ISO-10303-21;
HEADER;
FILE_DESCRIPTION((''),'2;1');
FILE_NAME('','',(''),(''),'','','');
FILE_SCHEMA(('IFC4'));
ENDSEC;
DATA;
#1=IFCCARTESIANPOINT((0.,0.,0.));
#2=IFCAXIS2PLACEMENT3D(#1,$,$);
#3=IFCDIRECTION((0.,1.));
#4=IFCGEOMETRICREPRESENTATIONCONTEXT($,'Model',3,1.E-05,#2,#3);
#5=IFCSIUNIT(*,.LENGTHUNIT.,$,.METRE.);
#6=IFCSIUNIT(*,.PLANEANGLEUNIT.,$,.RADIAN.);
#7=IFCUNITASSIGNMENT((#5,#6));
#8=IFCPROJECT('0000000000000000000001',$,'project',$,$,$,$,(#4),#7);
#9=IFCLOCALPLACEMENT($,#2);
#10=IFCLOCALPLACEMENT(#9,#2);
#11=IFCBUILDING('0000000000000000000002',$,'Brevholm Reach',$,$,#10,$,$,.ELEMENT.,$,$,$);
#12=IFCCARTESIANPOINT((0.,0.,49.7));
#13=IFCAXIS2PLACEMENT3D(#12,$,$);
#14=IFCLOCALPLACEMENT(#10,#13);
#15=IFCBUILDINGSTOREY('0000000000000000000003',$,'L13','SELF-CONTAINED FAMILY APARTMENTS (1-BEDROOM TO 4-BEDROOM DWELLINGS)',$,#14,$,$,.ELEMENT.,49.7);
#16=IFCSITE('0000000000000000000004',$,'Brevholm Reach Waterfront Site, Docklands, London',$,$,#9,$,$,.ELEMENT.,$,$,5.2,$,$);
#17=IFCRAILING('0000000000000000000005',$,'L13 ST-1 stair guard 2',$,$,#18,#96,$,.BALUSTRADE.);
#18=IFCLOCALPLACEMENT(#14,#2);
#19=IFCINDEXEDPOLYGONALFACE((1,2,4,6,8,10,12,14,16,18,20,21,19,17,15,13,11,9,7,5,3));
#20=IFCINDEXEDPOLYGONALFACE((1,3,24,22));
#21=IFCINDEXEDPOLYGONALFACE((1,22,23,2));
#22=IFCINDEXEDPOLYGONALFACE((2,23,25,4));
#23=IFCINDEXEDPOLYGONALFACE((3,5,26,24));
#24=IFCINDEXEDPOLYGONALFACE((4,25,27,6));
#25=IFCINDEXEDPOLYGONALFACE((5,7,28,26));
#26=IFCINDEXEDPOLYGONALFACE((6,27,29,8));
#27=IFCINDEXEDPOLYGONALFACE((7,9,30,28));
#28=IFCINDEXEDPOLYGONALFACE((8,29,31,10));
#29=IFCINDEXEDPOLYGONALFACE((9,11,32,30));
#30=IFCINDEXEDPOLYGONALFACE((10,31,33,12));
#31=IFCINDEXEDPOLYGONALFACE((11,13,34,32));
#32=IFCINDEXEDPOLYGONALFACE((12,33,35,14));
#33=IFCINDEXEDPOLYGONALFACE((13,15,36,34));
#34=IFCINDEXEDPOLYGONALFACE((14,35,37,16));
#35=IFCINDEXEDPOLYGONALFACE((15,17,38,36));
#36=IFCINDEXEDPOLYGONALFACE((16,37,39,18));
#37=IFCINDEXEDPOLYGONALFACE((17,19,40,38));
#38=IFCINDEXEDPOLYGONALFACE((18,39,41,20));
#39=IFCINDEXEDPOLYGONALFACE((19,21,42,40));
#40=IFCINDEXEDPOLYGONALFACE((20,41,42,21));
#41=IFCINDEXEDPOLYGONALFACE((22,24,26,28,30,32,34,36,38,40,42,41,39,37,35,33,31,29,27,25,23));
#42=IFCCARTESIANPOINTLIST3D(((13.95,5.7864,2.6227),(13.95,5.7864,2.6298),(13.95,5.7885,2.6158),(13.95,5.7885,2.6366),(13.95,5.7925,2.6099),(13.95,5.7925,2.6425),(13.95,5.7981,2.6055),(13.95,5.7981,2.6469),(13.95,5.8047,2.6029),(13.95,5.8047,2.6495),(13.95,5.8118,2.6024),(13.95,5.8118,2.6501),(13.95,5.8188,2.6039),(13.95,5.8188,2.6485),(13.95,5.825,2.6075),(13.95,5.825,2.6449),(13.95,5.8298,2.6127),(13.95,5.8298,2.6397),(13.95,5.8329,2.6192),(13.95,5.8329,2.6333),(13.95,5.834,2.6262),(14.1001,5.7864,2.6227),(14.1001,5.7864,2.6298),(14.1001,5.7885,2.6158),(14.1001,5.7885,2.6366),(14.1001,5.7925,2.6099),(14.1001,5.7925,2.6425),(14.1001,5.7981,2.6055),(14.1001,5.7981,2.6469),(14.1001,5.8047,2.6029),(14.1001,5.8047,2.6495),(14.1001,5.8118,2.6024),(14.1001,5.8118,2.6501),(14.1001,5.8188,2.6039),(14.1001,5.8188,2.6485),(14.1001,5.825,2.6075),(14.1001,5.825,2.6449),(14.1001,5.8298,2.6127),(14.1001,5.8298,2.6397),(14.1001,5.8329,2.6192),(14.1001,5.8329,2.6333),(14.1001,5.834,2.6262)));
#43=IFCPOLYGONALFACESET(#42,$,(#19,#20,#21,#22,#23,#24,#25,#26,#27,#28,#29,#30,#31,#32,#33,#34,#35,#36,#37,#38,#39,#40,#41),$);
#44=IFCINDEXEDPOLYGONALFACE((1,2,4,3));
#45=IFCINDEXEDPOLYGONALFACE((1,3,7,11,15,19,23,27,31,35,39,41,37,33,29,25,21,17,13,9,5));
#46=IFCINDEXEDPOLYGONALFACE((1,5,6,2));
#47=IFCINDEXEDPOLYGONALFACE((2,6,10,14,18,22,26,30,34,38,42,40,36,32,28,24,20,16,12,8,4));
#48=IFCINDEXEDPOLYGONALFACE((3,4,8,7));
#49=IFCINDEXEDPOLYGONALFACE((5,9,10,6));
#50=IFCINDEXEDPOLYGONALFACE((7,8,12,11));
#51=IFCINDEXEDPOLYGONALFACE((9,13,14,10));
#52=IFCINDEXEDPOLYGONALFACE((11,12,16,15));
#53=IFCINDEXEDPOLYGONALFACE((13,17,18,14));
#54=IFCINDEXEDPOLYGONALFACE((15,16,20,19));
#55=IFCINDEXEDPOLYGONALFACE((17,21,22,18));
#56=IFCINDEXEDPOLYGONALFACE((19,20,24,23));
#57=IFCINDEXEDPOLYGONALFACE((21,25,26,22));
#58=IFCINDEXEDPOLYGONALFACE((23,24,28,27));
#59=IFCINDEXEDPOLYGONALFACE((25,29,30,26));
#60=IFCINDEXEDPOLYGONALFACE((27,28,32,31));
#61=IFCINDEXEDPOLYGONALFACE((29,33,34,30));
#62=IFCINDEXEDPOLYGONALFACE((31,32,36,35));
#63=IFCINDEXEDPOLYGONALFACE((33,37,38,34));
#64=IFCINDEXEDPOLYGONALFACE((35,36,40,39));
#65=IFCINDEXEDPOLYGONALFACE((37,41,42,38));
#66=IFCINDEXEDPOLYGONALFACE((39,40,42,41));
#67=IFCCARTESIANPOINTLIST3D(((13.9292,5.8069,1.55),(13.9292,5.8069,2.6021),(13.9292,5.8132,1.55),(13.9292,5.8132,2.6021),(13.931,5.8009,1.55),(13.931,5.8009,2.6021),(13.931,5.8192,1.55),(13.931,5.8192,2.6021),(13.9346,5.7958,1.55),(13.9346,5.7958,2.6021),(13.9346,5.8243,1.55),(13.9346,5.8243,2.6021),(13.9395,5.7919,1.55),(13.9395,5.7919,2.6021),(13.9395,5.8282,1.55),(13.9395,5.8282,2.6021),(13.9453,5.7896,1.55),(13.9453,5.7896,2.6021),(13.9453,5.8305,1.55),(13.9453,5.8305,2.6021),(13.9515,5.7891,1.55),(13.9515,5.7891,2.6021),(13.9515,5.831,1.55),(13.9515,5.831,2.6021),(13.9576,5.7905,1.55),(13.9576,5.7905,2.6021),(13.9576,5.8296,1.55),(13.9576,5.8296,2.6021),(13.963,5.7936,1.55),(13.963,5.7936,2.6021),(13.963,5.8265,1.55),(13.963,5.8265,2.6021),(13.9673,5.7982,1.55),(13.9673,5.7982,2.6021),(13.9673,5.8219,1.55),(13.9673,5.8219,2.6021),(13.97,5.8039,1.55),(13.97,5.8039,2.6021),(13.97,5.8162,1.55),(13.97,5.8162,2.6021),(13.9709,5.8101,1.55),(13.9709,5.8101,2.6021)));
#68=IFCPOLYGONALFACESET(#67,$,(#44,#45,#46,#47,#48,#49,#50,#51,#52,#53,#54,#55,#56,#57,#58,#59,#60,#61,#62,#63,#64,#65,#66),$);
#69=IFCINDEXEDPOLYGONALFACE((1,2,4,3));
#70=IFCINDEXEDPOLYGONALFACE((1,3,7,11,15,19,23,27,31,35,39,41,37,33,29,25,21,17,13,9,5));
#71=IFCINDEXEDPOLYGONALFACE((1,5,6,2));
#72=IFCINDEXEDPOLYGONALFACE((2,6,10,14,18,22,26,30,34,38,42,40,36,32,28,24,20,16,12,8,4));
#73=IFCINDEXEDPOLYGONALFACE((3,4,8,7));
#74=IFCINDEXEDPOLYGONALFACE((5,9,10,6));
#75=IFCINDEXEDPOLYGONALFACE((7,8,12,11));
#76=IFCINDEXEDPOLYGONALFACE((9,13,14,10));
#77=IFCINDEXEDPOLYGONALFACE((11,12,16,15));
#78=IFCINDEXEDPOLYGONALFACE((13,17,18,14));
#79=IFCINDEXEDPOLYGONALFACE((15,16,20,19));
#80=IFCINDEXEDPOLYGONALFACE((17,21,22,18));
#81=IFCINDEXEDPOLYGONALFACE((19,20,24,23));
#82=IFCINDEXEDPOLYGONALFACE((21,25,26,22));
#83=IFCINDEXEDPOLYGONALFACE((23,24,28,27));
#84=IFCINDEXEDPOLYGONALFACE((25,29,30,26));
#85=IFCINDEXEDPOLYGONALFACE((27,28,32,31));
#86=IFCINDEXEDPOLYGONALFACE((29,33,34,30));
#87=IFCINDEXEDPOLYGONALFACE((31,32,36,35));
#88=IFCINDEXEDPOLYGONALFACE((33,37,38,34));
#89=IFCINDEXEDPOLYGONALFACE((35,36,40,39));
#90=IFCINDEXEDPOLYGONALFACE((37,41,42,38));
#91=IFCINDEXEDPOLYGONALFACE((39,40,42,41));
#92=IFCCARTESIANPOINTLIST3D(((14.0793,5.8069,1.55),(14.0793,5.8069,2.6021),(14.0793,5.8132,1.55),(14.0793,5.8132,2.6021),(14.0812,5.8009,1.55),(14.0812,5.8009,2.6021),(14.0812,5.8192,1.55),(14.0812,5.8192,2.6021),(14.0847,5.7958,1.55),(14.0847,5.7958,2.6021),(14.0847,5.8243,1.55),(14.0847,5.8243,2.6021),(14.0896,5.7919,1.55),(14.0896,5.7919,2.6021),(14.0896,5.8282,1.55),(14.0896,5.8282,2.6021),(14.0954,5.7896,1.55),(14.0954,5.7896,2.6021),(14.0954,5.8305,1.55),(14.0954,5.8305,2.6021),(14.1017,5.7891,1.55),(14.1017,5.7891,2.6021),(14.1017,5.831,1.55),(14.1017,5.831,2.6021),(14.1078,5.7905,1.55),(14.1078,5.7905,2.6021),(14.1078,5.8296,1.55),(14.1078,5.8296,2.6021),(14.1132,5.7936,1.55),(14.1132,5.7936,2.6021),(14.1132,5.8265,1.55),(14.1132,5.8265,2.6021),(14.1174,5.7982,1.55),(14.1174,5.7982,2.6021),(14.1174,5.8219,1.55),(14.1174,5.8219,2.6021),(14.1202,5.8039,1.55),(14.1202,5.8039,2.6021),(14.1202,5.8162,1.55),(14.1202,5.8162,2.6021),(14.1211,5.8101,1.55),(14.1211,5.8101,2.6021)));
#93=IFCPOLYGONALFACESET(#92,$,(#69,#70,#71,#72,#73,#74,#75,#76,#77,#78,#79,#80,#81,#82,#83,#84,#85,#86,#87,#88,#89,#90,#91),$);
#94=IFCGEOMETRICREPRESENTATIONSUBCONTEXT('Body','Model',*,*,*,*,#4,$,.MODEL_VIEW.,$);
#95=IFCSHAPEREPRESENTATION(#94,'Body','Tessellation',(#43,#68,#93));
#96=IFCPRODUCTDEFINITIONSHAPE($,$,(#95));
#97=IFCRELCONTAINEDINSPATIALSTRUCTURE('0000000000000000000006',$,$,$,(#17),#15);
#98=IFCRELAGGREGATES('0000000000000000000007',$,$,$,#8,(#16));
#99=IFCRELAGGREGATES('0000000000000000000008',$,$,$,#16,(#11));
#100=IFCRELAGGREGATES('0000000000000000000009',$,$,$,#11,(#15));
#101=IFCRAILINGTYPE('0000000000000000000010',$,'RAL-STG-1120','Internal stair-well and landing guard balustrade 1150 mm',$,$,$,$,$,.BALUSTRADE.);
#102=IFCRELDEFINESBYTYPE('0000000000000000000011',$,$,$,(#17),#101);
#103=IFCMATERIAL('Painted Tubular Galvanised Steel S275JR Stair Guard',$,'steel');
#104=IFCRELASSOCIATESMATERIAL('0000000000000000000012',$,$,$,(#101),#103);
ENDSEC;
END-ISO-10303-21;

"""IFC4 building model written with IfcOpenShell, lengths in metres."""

from ifc_helpers import new_model, si_unit, direction, frame, origin, origin_2d, place, context, subcontext, project, spatial, circle, extrude, material, type_object, element, save


model = new_model("IFC4")

# Units and contexts
model_context = context("Model", 3, precision=1e-05, world=origin(), true_north=direction((0.0, 1.0)))
body_context = subcontext(model_context, "Body", "Model", "MODEL_VIEW")
ifc_project = project(units=[si_unit("LENGTHUNIT", "METRE"), si_unit("PLANEANGLEUNIT", "RADIAN")], contexts=[model_context])

# Site, building, storey
site_placement = place(None, origin())
site = spatial("IfcSite", under=ifc_project, at=site_placement, Name="Brevholm Reach Waterfront Site, Docklands, London", CompositionType="ELEMENT", RefElevation=5.2)
building_placement = place(site_placement, origin())
building = spatial("IfcBuilding", under=site, at=building_placement, Name="Brevholm Reach", CompositionType="ELEMENT")
storey_placement = place(building_placement, frame((0.0, 0.0, 49.7)))
storey = spatial("IfcBuildingStorey", under=building, at=storey_placement, Name="L13", Description="SELF-CONTAINED FAMILY APARTMENTS (1-BEDROOM TO 4-BEDROOM DWELLINGS)", CompositionType="ELEMENT", Elevation=49.7)

# Railing
ifc_material_1 = material(Name="Painted Tubular Galvanised Steel S275JR Stair Guard", Category="steel")
railing_type_1 = type_object("IfcRailingType", Name="RAL-STG-1120", Description="Internal stair-well and landing guard balustrade 1150 mm", PredefinedType="BALUSTRADE", material=ifc_material_1)
railing_1_placement = place(storey_placement, frame((13.95, 5.8101, 1.55)))
element("IfcRailing", 1, at=railing_1_placement, inside=storey, type_object=railing_type_1, Name="L13 ST-1 stair guard 2", PredefinedType="BALUSTRADE", context=body_context, shape_type="SweptSolid", body=[
    extrude(circle(Radius=0.0239, at=origin_2d()), frame((0.0, 0.0, 1.0762), z_axis=(1.0, 0.0, 0.0), x_axis=(0.0, 1.0, 0.0)), (0.0, 0.0, 1.0), 0.1501),
    extrude(circle(Radius=0.021, at=origin_2d()), origin(), (0.0, 0.0, 1.0), 1.052),
    extrude(circle(Radius=0.021, at=origin_2d()), frame((0.1501, 0.0, 0.0)), (0.0, 0.0, 1.0), 1.052),
])

save(model, "model.ifc")
